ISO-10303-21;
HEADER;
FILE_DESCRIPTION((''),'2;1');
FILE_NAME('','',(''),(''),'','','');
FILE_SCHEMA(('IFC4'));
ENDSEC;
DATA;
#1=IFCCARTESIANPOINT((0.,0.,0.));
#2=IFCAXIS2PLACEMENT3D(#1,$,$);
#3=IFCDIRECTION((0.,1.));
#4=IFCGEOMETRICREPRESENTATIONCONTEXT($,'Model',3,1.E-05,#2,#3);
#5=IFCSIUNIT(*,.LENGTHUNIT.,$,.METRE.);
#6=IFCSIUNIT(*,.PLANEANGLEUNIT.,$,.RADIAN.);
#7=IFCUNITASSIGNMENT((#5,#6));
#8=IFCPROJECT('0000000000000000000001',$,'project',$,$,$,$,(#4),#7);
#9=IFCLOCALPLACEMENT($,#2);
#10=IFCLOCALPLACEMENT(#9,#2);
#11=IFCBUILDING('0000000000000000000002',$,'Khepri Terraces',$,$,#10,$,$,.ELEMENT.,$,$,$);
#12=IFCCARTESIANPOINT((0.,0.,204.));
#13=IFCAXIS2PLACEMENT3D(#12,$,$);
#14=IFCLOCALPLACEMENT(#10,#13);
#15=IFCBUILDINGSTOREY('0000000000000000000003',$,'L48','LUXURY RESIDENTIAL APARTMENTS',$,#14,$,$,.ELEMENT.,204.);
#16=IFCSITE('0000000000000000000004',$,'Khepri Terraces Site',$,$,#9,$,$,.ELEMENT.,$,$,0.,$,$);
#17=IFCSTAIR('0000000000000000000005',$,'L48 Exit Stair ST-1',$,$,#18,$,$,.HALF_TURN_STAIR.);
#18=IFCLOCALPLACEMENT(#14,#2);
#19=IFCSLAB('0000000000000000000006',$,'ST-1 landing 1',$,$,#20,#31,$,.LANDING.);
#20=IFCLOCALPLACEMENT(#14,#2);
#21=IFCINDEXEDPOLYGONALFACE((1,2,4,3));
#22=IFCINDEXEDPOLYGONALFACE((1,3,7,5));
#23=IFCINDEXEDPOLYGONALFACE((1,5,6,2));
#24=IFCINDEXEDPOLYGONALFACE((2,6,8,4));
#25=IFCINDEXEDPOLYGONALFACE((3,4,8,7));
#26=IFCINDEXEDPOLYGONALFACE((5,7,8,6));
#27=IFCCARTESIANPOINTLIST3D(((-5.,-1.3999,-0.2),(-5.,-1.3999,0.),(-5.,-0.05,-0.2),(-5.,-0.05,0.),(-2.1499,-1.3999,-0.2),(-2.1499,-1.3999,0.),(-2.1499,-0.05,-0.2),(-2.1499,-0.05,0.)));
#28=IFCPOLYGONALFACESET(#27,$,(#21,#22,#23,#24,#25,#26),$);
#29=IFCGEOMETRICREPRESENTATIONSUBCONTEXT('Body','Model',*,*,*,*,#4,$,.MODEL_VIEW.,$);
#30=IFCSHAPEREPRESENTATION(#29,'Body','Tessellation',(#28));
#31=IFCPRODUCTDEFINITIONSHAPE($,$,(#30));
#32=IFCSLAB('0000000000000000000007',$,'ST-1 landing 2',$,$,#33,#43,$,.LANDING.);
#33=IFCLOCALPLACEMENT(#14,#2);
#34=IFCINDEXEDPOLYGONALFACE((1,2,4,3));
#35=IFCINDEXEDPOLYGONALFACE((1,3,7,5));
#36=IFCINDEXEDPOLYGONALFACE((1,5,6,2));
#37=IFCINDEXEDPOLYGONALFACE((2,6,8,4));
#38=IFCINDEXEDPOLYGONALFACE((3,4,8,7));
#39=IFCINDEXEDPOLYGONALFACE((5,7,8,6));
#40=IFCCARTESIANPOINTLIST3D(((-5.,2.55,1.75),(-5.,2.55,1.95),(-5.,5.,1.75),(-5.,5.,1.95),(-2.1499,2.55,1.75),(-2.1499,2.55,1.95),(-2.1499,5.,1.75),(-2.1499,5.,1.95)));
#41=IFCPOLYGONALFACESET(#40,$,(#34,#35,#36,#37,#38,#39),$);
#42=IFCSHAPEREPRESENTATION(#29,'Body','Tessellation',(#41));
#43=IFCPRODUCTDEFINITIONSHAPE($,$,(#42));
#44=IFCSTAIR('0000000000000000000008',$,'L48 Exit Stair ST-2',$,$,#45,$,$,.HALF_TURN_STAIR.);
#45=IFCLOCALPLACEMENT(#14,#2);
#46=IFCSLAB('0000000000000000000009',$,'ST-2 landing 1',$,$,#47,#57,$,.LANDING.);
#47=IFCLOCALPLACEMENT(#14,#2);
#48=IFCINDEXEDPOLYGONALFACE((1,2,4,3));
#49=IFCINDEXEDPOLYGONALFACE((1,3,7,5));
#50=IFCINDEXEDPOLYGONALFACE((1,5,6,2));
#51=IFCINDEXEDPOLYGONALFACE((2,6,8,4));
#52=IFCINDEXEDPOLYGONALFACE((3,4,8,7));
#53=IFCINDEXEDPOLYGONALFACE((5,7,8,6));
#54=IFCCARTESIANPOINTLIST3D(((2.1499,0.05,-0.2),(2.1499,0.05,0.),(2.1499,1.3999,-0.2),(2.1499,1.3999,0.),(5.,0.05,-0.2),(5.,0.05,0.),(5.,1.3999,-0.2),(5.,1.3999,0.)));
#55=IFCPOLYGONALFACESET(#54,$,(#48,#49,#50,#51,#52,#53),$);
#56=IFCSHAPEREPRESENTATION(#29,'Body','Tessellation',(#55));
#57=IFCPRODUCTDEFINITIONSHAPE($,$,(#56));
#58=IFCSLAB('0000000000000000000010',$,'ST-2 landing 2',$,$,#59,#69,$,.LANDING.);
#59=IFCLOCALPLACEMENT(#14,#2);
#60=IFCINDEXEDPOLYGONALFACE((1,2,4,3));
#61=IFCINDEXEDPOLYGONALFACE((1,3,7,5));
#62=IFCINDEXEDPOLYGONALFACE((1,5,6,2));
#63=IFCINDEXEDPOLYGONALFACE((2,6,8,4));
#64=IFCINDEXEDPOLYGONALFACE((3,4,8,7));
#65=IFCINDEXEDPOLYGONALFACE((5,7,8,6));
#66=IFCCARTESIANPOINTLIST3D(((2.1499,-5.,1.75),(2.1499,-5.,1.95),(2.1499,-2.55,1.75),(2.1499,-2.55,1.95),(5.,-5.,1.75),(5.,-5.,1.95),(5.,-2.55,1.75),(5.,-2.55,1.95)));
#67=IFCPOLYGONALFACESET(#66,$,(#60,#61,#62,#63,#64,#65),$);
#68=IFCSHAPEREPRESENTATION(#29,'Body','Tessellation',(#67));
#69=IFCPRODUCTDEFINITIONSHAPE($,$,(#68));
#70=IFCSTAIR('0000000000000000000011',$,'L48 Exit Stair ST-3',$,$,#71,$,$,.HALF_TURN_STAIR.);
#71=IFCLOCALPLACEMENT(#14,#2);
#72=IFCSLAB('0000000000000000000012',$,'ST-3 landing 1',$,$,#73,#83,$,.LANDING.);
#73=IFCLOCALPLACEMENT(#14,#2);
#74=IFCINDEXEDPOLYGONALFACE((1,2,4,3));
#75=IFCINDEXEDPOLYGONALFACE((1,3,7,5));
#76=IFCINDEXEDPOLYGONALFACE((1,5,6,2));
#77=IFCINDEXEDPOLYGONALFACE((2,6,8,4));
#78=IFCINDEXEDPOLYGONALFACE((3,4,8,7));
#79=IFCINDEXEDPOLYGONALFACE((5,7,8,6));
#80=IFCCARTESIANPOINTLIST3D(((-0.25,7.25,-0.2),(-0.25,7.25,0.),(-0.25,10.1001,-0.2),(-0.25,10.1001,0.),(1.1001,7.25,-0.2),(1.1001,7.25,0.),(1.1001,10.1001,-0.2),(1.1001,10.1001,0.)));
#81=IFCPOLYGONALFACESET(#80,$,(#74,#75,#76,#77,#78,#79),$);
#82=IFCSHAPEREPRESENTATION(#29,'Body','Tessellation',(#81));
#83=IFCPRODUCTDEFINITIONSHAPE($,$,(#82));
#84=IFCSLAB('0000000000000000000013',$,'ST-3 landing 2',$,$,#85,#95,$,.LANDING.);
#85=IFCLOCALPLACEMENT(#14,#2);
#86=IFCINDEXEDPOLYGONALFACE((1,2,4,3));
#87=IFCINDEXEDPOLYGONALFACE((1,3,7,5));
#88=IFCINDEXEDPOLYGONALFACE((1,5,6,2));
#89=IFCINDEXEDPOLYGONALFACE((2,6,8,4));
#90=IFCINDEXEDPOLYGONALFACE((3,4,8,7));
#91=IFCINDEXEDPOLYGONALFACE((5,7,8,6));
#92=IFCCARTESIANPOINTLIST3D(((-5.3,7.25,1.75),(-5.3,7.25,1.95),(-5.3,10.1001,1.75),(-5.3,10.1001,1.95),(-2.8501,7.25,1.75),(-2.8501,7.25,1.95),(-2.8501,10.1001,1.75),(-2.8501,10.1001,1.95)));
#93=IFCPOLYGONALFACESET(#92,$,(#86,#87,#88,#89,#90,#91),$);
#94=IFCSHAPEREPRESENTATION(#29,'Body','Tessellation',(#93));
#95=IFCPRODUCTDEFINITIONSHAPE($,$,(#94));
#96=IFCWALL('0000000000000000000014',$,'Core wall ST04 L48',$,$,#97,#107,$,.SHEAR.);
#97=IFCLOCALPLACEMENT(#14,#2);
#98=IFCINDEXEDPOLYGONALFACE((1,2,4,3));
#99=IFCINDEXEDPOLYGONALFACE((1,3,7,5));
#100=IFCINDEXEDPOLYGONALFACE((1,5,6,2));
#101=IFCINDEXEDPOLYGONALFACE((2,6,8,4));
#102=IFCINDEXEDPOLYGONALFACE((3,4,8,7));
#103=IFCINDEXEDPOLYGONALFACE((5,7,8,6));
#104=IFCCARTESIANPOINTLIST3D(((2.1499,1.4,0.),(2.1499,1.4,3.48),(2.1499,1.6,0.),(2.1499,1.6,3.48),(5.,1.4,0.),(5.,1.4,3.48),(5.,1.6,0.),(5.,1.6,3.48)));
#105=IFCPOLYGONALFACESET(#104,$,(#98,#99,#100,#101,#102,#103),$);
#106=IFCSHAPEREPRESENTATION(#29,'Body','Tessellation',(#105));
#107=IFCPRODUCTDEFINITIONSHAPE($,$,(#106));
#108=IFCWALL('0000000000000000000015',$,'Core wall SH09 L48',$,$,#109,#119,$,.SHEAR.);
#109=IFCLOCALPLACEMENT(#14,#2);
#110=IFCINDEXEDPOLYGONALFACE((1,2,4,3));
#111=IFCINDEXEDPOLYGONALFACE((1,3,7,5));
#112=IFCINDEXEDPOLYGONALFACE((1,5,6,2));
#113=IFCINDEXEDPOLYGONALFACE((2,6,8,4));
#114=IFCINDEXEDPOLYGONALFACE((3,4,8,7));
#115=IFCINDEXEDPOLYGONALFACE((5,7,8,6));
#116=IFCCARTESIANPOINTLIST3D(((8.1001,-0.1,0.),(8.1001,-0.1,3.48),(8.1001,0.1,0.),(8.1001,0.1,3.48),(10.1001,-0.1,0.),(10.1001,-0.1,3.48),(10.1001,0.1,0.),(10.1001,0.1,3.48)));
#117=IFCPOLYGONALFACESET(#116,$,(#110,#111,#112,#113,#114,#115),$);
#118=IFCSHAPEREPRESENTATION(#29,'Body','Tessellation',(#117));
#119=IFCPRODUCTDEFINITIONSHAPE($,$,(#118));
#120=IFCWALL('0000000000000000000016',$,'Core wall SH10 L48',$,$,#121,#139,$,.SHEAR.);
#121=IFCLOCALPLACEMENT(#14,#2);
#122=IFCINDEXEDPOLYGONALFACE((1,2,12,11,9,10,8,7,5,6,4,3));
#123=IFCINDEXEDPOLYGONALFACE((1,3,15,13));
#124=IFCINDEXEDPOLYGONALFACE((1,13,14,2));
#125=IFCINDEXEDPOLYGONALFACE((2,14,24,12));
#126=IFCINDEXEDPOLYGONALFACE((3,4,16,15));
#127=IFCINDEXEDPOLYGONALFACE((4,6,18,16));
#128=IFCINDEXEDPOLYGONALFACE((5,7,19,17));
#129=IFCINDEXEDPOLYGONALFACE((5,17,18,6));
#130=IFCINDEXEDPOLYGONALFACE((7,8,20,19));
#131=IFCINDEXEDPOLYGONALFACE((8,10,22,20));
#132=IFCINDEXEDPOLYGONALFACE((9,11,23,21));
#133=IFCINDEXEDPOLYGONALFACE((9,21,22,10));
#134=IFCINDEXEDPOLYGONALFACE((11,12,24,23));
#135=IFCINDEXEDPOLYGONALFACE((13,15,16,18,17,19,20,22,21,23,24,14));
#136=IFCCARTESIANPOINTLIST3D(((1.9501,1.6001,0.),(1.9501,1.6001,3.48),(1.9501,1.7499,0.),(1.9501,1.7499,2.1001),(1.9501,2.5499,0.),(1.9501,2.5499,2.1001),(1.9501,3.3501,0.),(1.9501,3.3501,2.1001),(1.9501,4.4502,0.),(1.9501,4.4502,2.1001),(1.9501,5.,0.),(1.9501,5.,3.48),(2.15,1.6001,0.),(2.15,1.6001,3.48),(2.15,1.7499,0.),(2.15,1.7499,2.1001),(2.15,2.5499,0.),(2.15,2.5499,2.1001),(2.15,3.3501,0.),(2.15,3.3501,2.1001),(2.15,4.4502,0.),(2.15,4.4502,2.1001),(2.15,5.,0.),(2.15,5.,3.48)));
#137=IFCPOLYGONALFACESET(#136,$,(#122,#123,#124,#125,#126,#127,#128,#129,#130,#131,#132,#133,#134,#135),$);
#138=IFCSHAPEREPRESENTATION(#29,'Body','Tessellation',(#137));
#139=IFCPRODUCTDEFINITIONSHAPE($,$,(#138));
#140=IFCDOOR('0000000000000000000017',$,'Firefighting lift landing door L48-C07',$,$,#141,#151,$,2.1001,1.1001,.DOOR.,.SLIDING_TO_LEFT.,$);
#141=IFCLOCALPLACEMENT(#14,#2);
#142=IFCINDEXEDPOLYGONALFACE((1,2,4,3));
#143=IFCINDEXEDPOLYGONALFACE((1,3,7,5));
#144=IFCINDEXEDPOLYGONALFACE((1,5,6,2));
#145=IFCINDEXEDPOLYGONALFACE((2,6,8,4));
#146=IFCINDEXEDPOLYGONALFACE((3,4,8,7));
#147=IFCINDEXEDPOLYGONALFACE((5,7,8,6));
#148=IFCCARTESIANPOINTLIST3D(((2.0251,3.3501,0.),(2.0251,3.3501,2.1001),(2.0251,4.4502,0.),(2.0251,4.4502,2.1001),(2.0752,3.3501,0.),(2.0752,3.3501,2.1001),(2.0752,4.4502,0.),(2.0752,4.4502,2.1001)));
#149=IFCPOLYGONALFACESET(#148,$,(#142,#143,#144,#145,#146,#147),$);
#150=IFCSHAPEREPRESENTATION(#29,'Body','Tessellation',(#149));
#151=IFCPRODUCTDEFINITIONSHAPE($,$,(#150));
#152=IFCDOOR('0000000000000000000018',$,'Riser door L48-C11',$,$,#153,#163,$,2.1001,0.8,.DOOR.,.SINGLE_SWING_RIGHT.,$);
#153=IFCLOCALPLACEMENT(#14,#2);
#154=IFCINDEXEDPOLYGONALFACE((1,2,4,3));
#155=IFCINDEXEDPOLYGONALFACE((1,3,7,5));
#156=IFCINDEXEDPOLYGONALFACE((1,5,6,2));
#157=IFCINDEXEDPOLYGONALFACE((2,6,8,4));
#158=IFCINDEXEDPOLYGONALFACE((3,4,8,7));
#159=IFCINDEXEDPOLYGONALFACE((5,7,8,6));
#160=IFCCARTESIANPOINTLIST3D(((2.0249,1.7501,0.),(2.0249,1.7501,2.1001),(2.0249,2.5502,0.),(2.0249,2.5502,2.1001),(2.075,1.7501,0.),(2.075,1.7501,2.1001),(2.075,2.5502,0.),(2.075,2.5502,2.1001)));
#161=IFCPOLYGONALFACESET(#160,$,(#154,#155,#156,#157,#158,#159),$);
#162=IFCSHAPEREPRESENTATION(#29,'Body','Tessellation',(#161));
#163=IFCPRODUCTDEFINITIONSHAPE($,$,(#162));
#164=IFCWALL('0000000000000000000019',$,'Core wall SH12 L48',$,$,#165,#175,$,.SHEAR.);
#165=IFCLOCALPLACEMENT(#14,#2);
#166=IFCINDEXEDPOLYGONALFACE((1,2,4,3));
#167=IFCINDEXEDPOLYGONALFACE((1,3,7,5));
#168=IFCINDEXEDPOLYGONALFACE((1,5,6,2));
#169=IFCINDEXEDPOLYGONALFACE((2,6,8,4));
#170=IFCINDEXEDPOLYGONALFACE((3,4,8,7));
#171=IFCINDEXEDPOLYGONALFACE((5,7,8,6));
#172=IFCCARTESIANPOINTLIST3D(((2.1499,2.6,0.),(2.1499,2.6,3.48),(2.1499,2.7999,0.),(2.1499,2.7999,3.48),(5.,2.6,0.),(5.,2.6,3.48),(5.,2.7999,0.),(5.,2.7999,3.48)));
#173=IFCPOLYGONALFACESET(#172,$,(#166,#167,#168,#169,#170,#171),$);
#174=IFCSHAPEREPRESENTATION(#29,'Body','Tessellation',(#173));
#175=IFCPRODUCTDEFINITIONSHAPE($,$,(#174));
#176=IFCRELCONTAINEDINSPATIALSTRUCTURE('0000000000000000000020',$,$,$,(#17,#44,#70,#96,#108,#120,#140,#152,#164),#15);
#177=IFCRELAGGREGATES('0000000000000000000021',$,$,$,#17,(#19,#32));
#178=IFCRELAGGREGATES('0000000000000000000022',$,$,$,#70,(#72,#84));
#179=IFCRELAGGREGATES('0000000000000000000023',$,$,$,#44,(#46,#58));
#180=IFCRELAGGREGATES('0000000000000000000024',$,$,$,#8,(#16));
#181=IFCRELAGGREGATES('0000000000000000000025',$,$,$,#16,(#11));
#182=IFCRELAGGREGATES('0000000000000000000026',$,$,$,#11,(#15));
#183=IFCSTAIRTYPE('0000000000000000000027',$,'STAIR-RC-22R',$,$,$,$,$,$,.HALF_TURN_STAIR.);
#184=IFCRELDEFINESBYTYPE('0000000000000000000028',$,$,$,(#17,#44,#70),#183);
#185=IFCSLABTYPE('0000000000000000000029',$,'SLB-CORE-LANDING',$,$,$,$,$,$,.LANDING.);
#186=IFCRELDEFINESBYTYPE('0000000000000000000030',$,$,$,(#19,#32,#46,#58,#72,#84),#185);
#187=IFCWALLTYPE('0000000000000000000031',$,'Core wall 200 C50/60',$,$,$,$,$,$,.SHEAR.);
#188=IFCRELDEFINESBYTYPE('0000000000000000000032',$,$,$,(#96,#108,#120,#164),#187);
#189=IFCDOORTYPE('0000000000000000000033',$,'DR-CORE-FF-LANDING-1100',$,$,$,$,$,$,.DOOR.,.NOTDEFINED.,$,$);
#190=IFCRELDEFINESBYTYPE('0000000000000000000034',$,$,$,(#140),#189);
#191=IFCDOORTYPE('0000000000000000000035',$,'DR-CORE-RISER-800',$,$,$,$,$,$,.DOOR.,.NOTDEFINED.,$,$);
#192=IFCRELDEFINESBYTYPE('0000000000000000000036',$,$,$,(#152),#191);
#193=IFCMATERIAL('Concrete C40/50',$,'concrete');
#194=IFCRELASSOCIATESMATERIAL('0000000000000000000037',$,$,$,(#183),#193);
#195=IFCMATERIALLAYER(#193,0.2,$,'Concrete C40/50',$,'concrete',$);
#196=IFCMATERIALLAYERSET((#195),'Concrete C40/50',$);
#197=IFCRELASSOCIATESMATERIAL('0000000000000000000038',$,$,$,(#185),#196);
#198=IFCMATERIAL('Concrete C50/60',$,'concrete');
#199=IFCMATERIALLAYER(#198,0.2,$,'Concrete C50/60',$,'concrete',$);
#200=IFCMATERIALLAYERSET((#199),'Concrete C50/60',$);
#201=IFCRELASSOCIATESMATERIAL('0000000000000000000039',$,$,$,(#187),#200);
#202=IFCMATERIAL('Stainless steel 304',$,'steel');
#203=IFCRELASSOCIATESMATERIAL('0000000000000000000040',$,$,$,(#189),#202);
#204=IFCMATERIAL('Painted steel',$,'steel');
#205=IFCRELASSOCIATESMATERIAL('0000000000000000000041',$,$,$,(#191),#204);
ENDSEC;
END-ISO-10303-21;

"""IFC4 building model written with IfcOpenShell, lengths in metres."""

from ifc_helpers import new_model, si_unit, direction, frame, frame_2d, origin, place, context, subcontext, project, spatial, polyline, rectangle, outline, extrude, material, layer, layer_set, type_object, element, fill, aggregate, save


model = new_model("IFC4")

# Units and contexts
model_context = context("Model", 3, precision=1e-05, world=origin(), true_north=direction((0.0, 1.0)))
body_context = subcontext(model_context, "Body", "Model", "MODEL_VIEW")
ifc_project = project(units=[si_unit("LENGTHUNIT", "METRE"), si_unit("PLANEANGLEUNIT", "RADIAN")], contexts=[model_context])

# Site, building, storey
site_placement = place(None, origin())
site = spatial("IfcSite", under=ifc_project, at=site_placement, Name="Khepri Terraces Site", CompositionType="ELEMENT", RefElevation=0.0)
building_placement = place(site_placement, origin())
building = spatial("IfcBuilding", under=site, at=building_placement, Name="Khepri Terraces", CompositionType="ELEMENT")
storey_placement = place(building_placement, frame((0.0, 0.0, 204.0)))
storey = spatial("IfcBuildingStorey", under=building, at=storey_placement, Name="L48", Description="LUXURY RESIDENTIAL APARTMENTS", CompositionType="ELEMENT", Elevation=204.0)

# Stairs, slabs
ifc_material_1 = material(Name="Concrete C40/50", Category="concrete")
stair_type = type_object("IfcStairType", Name="STAIR-RC-22R", PredefinedType="HALF_TURN_STAIR", material=ifc_material_1)
stair_1_placement = place(storey_placement, origin())
stair_1 = element("IfcStair", 1, at=stair_1_placement, inside=storey, type_object=stair_type, Name="L48 Exit Stair ST-1", PredefinedType="HALF_TURN_STAIR")
ifc_layer_1 = layer(ifc_material_1, 0.2, Name="Concrete C40/50", Category="concrete")
ifc_layer_set_1 = layer_set([ifc_layer_1], Name="Concrete C40/50")
slab_type = type_object("IfcSlabType", Name="SLB-CORE-LANDING", PredefinedType="LANDING", material=ifc_layer_set_1)
slab_1_placement = place(storey_placement, frame((0.0, 0.0, -0.2)))
slab_1 = element("IfcSlab", 2, at=slab_1_placement, type_object=slab_type, Name="ST-1 landing 1", PredefinedType="LANDING", context=body_context, shape_type="SweptSolid", body=[
    extrude(outline(polyline([(-2.1499, -1.3999), (-2.1499, -0.05), (-5.0, -0.05), (-5.0, -1.3999), (-2.1499, -1.3999)])), origin(), (0.0, 0.0, 1.0), 0.2),
])
slab_2_placement = place(storey_placement, frame((0.0, 0.0, 1.75)))
slab_2 = element("IfcSlab", 3, at=slab_2_placement, type_object=slab_type, Name="ST-1 landing 2", PredefinedType="LANDING", context=body_context, shape_type="SweptSolid", body=[
    extrude(outline(polyline([(-2.1499, 2.55), (-2.1499, 5.0), (-5.0, 5.0), (-5.0, 2.55), (-2.1499, 2.55)])), origin(), (0.0, 0.0, 1.0), 0.2),
])
aggregate(stair_1, [slab_1, slab_2])
stair_2_placement = place(storey_placement, origin())
stair_2 = element("IfcStair", 4, at=stair_2_placement, inside=storey, type_object=stair_type, Name="L48 Exit Stair ST-2", PredefinedType="HALF_TURN_STAIR")
slab_3_placement = place(storey_placement, frame((0.0, 0.0, -0.2)))
slab_3 = element("IfcSlab", 5, at=slab_3_placement, type_object=slab_type, Name="ST-2 landing 1", PredefinedType="LANDING", context=body_context, shape_type="SweptSolid", body=[
    extrude(outline(polyline([(2.1499, 1.3999), (2.1499, 0.05), (5.0, 0.05), (5.0, 1.3999), (2.1499, 1.3999)])), origin(), (0.0, 0.0, 1.0), 0.2),
])
slab_4_placement = place(storey_placement, frame((0.0, 0.0, 1.75)))
slab_4 = element("IfcSlab", 6, at=slab_4_placement, type_object=slab_type, Name="ST-2 landing 2", PredefinedType="LANDING", context=body_context, shape_type="SweptSolid", body=[
    extrude(outline(polyline([(2.1499, -2.55), (2.1499, -5.0), (5.0, -5.0), (5.0, -2.55), (2.1499, -2.55)])), origin(), (0.0, 0.0, 1.0), 0.2),
])
stair_3_placement = place(storey_placement, origin())
stair_3 = element("IfcStair", 7, at=stair_3_placement, inside=storey, type_object=stair_type, Name="L48 Exit Stair ST-3", PredefinedType="HALF_TURN_STAIR")
slab_5_placement = place(storey_placement, frame((0.0, 0.0, -0.2)))
slab_5 = element("IfcSlab", 8, at=slab_5_placement, type_object=slab_type, Name="ST-3 landing 1", PredefinedType="LANDING", context=body_context, shape_type="SweptSolid", body=[
    extrude(outline(polyline([(1.1001, 10.1001), (-0.25, 10.1001), (-0.25, 7.25), (1.1001, 7.25), (1.1001, 10.1001)])), origin(), (0.0, 0.0, 1.0), 0.2),
])
slab_6_placement = place(storey_placement, frame((0.0, 0.0, 1.75)))
slab_6 = element("IfcSlab", 9, at=slab_6_placement, type_object=slab_type, Name="ST-3 landing 2", PredefinedType="LANDING", context=body_context, shape_type="SweptSolid", body=[
    extrude(outline(polyline([(-2.8501, 10.1001), (-5.3, 10.1001), (-5.3, 7.25), (-2.8501, 7.25), (-2.8501, 10.1001)])), origin(), (0.0, 0.0, 1.0), 0.2),
])
aggregate(stair_3, [slab_5, slab_6])

# Walls
ifc_material_2 = material(Name="Concrete C50/60", Category="concrete")
ifc_layer_2 = layer(ifc_material_2, 0.2, Name="Concrete C50/60", Category="concrete")
ifc_layer_set_2 = layer_set([ifc_layer_2], Name="Concrete C50/60")
wall_type = type_object("IfcWallType", Name="Core wall 200 C50/60", PredefinedType="SHEAR", material=ifc_layer_set_2)
wall_1_placement = place(storey_placement, frame((2.1499, 1.5, 0.0), z_axis=(0.0, 0.0, 1.0), x_axis=(1.0, 0.0, 0.0)))
element("IfcWall", 10, at=wall_1_placement, inside=storey, type_object=wall_type, Name="Core wall ST04 L48", PredefinedType="SHEAR", context=body_context, shape_type="SweptSolid", body=[
    extrude(rectangle(XDim=2.8501, YDim=0.2, at=frame_2d((1.425, 0.0))), origin(), (0.0, 0.0, 1.0), 3.48),
])
wall_2_placement = place(storey_placement, frame((8.1001, 0.0, 0.0), z_axis=(0.0, 0.0, 1.0), x_axis=(1.0, 0.0, 0.0)))
element("IfcWall", 11, at=wall_2_placement, inside=storey, type_object=wall_type, Name="Core wall SH09 L48", PredefinedType="SHEAR", context=body_context, shape_type="SweptSolid", body=[
    extrude(rectangle(XDim=2.0, YDim=0.2, at=frame_2d((1.0, 0.0))), origin(), (0.0, 0.0, 1.0), 3.48),
])

# Wall, openings, doors
wall_3_placement = place(storey_placement, frame((2.05, 1.6001, 0.0), z_axis=(0.0, 0.0, 1.0), x_axis=(0.0, 1.0, 0.0)))
wall_3 = element("IfcWall", 12, at=wall_3_placement, inside=storey, type_object=wall_type, Name="Core wall SH10 L48", PredefinedType="SHEAR", context=body_context, shape_type="SweptSolid", body=[
    extrude(rectangle(XDim=3.3999, YDim=0.2, at=frame_2d((1.7, 0.0))), origin(), (0.0, 0.0, 1.0), 3.48),
])
opening_1_placement = place(wall_3_placement, frame((1.75, 0.0, 0.0)))
opening_1 = element("IfcOpeningElement", 13, at=opening_1_placement, cuts=wall_3, PredefinedType="OPENING", context=body_context, shape_type="SweptSolid", body=[
    extrude(rectangle(XDim=1.1001, YDim=2.1001, at=frame_2d((0.55, 1.05))), frame((0.0, 0.1099, 0.0), z_axis=(0.0, -1.0, 0.0), x_axis=(1.0, 0.0, 0.0)), (0.0, 0.0, 1.0), 0.22),
])
opening_2_placement = place(wall_3_placement, frame((0.1499, 0.0, 0.0)))
opening_2 = element("IfcOpeningElement", 14, at=opening_2_placement, cuts=wall_3, PredefinedType="OPENING", context=body_context, shape_type="SweptSolid", body=[
    extrude(rectangle(XDim=0.8, YDim=2.1001, at=frame_2d((0.3999, 1.05))), frame((0.0, 0.1099, 0.0), z_axis=(0.0, -1.0, 0.0), x_axis=(1.0, 0.0, 0.0)), (0.0, 0.0, 1.0), 0.22),
])
ifc_material_3 = material(Name="Stainless steel 304", Category="steel")
door_type_1 = type_object("IfcDoorType", Name="DR-CORE-FF-LANDING-1100", OperationType="NOTDEFINED", PredefinedType="DOOR", material=ifc_material_3)
door_1_placement = place(opening_1_placement, origin())
door_1 = element("IfcDoor", 15, at=door_1_placement, inside=storey, type_object=door_type_1, Name="Firefighting lift landing door L48-C07", OperationType="SLIDING_TO_LEFT", OverallHeight=2.1001, OverallWidth=1.1001, PredefinedType="DOOR", context=body_context, shape_type="SweptSolid", body=[
    extrude(rectangle(XDim=1.1001, YDim=2.1001, at=frame_2d((0.55, 1.05))), frame((0.0, 0.0249, 0.0), z_axis=(0.0, -1.0, 0.0), x_axis=(1.0, 0.0, 0.0)), (0.0, 0.0, 1.0), 0.05),
])
fill(opening_1, door_1)
ifc_material_4 = material(Name="Painted steel", Category="steel")
door_type_2 = type_object("IfcDoorType", Name="DR-CORE-RISER-800", OperationType="NOTDEFINED", PredefinedType="DOOR", material=ifc_material_4)
door_2_placement = place(opening_2_placement, frame((0.8, 0.0, 0.0), z_axis=(0.0, 0.0, 1.0), x_axis=(-1.0, 0.0, 0.0)))
door_2 = element("IfcDoor", 16, at=door_2_placement, inside=storey, type_object=door_type_2, Name="Riser door L48-C11", OperationType="SINGLE_SWING_RIGHT", OverallHeight=2.1001, OverallWidth=0.8, PredefinedType="DOOR", context=body_context, shape_type="SweptSolid", body=[
    extrude(rectangle(XDim=0.8, YDim=2.1001, at=frame_2d((0.3999, 1.05))), frame((0.0, 0.0249, 0.0), z_axis=(0.0, -1.0, 0.0), x_axis=(1.0, 0.0, 0.0)), (0.0, 0.0, 1.0), 0.05),
])
fill(opening_2, door_2)

# Wall
wall_4_placement = place(storey_placement, frame((2.1499, 2.7, 0.0), z_axis=(0.0, 0.0, 1.0), x_axis=(1.0, 0.0, 0.0)))
element("IfcWall", 17, at=wall_4_placement, inside=storey, type_object=wall_type, Name="Core wall SH12 L48", PredefinedType="SHEAR", context=body_context, shape_type="SweptSolid", body=[
    extrude(rectangle(XDim=2.8501, YDim=0.2, at=frame_2d((1.425, 0.0))), origin(), (0.0, 0.0, 1.0), 3.48),
])

aggregate(stair_2, [slab_3, slab_4])

save(model, "model.ifc")
